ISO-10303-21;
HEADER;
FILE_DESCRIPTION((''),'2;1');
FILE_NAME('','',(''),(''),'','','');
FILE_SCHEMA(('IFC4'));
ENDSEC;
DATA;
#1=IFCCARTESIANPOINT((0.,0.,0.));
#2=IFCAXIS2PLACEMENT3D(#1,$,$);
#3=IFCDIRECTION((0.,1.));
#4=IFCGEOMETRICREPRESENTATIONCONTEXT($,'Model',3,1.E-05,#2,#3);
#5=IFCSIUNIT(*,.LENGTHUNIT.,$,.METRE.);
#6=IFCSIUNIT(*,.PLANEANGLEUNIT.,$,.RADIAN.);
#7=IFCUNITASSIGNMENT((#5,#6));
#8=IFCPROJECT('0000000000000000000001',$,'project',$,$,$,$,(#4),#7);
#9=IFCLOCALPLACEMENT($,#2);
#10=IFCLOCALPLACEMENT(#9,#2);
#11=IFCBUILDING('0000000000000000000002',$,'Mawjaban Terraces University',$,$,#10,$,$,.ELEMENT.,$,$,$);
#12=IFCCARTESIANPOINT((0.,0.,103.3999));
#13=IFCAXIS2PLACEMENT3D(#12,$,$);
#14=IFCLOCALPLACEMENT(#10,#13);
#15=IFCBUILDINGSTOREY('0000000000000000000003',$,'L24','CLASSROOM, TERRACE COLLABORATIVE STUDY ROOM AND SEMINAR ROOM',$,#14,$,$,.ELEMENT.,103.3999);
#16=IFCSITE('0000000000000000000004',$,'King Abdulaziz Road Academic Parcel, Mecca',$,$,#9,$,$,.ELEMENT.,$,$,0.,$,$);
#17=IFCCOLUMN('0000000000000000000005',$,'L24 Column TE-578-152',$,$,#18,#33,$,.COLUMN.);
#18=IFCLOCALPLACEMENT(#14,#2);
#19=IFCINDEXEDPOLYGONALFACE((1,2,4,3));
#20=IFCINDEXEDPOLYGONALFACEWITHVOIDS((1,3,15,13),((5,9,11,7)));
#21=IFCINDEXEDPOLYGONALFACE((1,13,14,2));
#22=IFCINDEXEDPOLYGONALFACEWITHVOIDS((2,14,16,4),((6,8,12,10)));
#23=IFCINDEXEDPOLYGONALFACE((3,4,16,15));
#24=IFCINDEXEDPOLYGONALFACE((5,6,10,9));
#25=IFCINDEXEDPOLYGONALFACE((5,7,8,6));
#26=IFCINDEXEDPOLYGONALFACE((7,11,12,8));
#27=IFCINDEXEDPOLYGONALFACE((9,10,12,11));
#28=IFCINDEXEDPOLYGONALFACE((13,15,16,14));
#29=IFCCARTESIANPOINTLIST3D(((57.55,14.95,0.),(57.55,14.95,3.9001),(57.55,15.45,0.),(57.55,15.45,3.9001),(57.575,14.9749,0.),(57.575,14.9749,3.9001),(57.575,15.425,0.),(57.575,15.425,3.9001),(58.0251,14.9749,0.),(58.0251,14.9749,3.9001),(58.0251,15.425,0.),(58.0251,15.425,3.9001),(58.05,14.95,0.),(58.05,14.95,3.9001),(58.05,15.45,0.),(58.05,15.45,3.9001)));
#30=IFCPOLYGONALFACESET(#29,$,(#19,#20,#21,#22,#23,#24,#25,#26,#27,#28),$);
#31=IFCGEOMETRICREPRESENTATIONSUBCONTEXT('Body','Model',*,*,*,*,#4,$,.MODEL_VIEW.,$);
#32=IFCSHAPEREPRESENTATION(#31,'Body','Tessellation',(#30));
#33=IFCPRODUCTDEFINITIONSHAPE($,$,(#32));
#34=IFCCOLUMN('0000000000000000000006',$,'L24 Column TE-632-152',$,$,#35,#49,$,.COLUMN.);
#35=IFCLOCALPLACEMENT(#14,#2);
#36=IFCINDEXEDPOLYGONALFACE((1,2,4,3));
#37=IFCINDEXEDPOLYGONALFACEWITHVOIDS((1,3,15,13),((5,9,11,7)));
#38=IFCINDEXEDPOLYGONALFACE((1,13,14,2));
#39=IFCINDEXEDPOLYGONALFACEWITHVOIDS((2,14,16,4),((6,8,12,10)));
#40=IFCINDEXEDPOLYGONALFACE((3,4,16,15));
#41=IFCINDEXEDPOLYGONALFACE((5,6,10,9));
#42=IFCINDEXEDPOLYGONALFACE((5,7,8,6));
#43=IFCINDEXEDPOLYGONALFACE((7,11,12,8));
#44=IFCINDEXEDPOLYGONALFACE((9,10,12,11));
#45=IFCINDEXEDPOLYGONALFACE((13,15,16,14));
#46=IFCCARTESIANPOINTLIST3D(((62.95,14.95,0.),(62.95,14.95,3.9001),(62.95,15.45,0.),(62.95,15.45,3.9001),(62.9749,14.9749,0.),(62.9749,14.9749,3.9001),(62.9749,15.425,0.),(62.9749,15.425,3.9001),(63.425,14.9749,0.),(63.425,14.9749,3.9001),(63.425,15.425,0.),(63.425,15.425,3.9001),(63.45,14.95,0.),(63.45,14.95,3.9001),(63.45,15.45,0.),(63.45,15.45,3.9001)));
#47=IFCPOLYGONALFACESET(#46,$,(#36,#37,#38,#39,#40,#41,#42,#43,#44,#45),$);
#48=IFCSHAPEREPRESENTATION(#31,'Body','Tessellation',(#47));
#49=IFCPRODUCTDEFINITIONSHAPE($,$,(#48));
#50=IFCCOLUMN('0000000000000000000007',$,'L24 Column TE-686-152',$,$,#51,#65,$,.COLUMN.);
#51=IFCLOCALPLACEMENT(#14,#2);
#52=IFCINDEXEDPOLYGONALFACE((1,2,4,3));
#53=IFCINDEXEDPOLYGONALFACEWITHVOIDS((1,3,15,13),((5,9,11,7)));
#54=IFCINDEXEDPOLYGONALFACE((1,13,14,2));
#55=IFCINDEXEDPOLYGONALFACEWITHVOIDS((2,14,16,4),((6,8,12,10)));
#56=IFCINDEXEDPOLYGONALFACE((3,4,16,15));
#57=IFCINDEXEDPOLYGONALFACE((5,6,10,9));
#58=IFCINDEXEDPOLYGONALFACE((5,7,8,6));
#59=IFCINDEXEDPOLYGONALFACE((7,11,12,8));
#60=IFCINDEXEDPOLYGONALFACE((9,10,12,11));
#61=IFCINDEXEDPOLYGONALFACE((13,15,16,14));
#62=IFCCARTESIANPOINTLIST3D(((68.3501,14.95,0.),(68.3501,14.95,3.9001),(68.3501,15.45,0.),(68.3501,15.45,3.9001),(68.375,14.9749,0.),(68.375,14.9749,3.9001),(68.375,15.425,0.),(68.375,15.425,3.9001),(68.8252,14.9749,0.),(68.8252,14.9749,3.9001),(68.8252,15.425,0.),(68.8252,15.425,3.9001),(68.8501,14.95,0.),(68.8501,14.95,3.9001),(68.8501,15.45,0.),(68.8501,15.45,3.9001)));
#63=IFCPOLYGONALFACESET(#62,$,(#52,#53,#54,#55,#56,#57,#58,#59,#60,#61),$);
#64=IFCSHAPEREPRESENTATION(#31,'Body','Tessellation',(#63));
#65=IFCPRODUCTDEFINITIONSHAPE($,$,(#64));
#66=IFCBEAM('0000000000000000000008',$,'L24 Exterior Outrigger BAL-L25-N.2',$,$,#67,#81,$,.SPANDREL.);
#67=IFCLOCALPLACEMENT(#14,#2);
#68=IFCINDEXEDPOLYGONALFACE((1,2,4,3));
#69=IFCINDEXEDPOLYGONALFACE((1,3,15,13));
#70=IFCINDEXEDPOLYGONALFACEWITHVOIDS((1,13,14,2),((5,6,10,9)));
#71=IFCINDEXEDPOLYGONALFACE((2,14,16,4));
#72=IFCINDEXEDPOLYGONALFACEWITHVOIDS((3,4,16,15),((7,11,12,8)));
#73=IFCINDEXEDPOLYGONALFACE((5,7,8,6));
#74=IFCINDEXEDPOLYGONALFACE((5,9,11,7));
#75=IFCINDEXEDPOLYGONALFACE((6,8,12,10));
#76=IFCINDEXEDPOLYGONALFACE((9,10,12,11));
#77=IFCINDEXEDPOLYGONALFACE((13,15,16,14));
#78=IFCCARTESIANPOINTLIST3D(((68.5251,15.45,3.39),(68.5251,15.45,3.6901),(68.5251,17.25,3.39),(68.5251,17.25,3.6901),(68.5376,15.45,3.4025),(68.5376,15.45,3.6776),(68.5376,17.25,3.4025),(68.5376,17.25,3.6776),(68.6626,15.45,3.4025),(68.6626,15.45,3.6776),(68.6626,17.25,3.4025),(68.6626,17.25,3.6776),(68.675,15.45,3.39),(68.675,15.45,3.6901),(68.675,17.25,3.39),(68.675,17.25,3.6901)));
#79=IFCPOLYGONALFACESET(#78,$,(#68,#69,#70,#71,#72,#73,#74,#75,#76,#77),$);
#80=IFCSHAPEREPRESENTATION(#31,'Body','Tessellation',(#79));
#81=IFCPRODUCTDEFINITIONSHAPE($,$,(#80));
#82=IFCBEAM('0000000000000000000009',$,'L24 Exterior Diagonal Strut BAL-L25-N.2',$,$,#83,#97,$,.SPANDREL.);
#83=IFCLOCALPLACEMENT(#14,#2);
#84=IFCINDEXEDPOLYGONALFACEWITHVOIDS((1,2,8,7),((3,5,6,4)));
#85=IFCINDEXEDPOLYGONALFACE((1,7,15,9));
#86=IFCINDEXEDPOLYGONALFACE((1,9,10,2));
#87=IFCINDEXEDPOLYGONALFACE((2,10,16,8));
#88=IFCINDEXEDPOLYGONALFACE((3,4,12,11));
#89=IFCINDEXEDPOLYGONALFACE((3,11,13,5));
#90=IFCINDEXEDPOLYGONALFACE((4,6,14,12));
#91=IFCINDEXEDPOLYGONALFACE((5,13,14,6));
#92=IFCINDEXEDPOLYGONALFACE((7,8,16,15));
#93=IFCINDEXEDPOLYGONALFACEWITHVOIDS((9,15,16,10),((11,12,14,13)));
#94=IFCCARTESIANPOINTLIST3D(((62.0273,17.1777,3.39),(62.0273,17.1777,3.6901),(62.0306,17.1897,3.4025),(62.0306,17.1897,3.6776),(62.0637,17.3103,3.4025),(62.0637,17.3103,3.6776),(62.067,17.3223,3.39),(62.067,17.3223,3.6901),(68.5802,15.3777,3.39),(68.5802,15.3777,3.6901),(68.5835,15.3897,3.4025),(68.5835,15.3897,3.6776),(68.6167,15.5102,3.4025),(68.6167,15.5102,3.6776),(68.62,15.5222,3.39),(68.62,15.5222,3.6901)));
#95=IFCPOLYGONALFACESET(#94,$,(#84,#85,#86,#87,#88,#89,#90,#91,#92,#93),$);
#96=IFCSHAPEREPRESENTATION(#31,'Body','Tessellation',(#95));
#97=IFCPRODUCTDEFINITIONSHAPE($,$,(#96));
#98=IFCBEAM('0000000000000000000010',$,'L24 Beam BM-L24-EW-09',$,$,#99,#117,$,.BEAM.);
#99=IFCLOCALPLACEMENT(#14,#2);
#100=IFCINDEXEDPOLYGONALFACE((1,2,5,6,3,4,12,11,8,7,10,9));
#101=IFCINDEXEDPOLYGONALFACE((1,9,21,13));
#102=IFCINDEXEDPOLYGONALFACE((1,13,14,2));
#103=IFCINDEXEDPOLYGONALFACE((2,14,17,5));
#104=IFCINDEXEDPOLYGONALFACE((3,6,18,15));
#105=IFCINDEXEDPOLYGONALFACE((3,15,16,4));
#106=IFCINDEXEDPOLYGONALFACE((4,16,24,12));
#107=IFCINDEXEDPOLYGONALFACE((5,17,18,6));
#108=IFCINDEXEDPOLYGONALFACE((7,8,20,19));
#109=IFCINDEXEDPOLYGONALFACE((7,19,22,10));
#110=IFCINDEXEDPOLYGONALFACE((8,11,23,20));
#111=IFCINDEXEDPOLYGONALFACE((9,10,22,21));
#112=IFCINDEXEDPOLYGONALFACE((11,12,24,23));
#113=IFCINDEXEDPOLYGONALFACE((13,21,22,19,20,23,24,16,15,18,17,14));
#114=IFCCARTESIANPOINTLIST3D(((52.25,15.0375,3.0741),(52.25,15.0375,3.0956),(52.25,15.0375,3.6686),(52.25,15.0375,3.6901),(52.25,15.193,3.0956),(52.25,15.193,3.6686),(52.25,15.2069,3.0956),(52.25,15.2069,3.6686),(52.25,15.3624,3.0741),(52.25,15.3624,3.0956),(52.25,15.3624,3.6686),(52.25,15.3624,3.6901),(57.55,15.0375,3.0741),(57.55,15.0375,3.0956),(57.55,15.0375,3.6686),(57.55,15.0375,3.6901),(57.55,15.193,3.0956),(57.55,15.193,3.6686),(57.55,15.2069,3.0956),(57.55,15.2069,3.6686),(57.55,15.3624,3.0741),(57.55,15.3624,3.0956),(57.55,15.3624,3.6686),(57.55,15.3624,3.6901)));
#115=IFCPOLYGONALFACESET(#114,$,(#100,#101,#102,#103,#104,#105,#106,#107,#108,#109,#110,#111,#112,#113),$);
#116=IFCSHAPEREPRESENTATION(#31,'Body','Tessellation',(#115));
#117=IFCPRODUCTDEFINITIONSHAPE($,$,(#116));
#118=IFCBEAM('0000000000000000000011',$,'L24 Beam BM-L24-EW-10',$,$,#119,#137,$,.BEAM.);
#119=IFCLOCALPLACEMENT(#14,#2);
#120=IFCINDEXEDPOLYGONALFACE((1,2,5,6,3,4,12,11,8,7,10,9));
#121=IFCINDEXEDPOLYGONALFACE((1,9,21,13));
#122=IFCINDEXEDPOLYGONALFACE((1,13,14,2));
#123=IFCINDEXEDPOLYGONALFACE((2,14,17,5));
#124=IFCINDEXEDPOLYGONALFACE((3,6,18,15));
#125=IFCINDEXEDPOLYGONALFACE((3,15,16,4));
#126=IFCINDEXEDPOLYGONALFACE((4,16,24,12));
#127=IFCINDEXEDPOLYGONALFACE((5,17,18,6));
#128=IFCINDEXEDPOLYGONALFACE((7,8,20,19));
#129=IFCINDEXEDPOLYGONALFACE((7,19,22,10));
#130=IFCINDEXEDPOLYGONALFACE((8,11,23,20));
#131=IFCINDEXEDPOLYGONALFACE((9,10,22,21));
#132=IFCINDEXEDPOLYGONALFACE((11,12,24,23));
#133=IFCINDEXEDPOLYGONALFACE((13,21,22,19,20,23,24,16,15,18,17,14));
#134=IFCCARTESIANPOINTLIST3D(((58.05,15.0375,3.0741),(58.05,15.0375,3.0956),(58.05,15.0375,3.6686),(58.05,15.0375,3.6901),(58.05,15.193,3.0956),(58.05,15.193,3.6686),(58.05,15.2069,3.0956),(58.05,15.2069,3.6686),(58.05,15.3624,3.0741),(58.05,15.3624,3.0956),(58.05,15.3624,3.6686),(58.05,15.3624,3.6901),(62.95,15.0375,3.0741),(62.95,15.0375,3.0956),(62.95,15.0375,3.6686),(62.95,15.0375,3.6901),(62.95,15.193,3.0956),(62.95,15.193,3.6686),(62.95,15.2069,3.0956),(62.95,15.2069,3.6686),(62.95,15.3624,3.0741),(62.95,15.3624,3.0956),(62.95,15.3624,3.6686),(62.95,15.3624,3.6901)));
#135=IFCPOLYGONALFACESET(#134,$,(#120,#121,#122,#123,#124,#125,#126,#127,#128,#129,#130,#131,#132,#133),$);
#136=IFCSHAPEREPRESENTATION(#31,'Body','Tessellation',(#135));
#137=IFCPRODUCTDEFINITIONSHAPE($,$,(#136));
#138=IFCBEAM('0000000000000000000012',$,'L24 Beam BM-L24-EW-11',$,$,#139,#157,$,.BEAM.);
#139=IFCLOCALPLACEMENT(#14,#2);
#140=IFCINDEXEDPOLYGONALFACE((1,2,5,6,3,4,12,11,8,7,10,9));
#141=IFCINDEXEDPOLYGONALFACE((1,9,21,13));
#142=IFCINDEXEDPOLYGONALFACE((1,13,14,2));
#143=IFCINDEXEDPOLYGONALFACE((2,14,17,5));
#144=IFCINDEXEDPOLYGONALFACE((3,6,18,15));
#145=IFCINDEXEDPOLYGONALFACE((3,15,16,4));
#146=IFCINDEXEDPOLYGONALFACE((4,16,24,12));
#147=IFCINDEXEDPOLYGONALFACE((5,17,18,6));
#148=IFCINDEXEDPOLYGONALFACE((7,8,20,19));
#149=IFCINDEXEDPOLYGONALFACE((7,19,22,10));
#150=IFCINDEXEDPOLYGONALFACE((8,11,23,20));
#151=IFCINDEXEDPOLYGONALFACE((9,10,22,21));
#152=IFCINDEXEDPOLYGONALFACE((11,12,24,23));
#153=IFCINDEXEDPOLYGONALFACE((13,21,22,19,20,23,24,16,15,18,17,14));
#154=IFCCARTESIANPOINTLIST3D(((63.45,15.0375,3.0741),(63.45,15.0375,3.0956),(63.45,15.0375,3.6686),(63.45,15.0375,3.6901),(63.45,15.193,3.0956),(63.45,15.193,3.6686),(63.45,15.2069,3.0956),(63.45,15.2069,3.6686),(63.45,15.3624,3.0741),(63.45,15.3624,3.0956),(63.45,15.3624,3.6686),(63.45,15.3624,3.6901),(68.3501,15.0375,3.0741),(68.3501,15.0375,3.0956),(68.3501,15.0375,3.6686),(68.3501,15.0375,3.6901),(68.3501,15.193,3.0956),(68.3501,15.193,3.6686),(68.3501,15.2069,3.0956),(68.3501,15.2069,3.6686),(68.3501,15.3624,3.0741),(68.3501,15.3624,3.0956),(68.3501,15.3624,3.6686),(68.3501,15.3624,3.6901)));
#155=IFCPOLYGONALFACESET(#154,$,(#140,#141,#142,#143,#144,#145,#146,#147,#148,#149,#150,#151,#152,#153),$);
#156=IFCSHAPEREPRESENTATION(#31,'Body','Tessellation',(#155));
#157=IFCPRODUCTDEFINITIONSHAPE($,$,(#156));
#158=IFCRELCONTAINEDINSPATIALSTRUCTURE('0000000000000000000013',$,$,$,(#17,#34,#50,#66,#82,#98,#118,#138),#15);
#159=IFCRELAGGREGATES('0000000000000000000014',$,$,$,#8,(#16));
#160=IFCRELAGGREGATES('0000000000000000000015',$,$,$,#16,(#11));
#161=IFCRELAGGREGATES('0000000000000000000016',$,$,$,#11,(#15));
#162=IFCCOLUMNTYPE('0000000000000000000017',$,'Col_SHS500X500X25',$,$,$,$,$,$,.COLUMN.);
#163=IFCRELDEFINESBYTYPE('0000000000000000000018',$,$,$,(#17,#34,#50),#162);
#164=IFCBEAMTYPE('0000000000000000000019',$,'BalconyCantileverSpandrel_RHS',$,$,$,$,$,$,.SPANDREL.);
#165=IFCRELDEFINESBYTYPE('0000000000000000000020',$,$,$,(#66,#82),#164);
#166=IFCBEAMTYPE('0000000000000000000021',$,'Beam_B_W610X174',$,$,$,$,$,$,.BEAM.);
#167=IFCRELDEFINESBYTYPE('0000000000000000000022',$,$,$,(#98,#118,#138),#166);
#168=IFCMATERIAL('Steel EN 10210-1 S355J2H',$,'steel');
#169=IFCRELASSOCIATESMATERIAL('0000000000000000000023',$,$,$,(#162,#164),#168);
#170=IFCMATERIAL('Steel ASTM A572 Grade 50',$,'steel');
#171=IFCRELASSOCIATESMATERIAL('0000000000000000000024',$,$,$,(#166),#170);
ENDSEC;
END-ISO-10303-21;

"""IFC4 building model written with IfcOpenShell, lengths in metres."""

from ifc_helpers import new_model, si_unit, direction, frame, origin, origin_2d, place, context, subcontext, project, spatial, hollow_rectangle, i_section, extrude, material, material_profile, profile_set, type_object, element, save


model = new_model("IFC4")

# Units and contexts
model_context = context("Model", 3, precision=1e-05, world=origin(), true_north=direction((0.0, 1.0)))
body_context = subcontext(model_context, "Body", "Model", "MODEL_VIEW")
ifc_project = project(units=[si_unit("LENGTHUNIT", "METRE"), si_unit("PLANEANGLEUNIT", "RADIAN")], contexts=[model_context])

# Site, building, storey
site_placement = place(None, origin())
site = spatial("IfcSite", under=ifc_project, at=site_placement, Name="King Abdulaziz Road Academic Parcel, Mecca", CompositionType="ELEMENT", RefElevation=0.0)
building_placement = place(site_placement, origin())
building = spatial("IfcBuilding", under=site, at=building_placement, Name="Mawjaban Terraces University", CompositionType="ELEMENT")
storey_placement = place(building_placement, frame((0.0, 0.0, 103.3999)))
storey = spatial("IfcBuildingStorey", under=building, at=storey_placement, Name="L24", Description="CLASSROOM, TERRACE COLLABORATIVE STUDY ROOM AND SEMINAR ROOM", CompositionType="ELEMENT", Elevation=103.3999)

# Columns
ifc_material_1 = material(Name="Steel EN 10210-1 S355J2H", Category="steel")
ifc_material_profile_1 = material_profile(ifc_material_1, hollow_rectangle(XDim=0.5, YDim=0.5, WallThickness=0.0249, at=origin_2d()), Name="SHS500X500X25")
ifc_profile_set_1 = profile_set([ifc_material_profile_1], Name="Steel EN 10210-1 S355J2H")
column_type = type_object("IfcColumnType", Name="Col_SHS500X500X25", PredefinedType="COLUMN", material=ifc_profile_set_1)
for number, where, z_axis, x_axis, name in (
    (1, (57.8, 15.2, 0.0), (0.0, 0.0, 1.0), (1.0, 0.0, 0.0), "L24 Column TE-578-152"),
    (2, (63.2, 15.2, 0.0), (0.0, 0.0, 1.0), (1.0, 0.0, 0.0), "L24 Column TE-632-152"),
    (3, (68.6001, 15.2, 0.0), (0.0, 0.0, 1.0), (1.0, 0.0, 0.0), "L24 Column TE-686-152"),
):
    element("IfcColumn", number, at=place(storey_placement, frame(where, z_axis=z_axis, x_axis=x_axis)), inside=storey, type_object=column_type, Name=name, PredefinedType="COLUMN", context=body_context, shape_type="SweptSolid", body=[
        extrude(hollow_rectangle(XDim=0.5, YDim=0.5, WallThickness=0.0249, at=origin_2d()), origin(), (0.0, 0.0, 1.0), 3.9001),
    ])

# Beams
ifc_material_profile_2 = material_profile(ifc_material_1, hollow_rectangle(XDim=0.1499, YDim=0.3, WallThickness=0.0125, at=origin_2d()), Name="RHS300X150X12.5")
ifc_profile_set_2 = profile_set([ifc_material_profile_2], Name="Steel EN 10210-1 S355J2H")
beam_type_1 = type_object("IfcBeamType", Name="BalconyCantileverSpandrel_RHS", PredefinedType="SPANDREL", material=ifc_profile_set_2)
beam_1_placement = place(storey_placement, frame((68.6001, 15.45, 3.54), z_axis=(0.0, 1.0, 0.0), x_axis=(-1.0, 0.0, 0.0)))
element("IfcBeam", 4, at=beam_1_placement, inside=storey, type_object=beam_type_1, Name="L24 Exterior Outrigger BAL-L25-N.2", PredefinedType="SPANDREL", context=body_context, shape_type="SweptSolid", body=[
    extrude(hollow_rectangle(XDim=0.1499, YDim=0.3, WallThickness=0.0125, at=origin_2d()), origin(), (0.0, 0.0, 1.0), 1.8),
])
beam_2_placement = place(storey_placement, frame((68.6001, 15.45, 3.54), z_axis=(-0.964281, 0.26488, 0.0), x_axis=(-0.26488, -0.964281, 0.0)))
element("IfcBeam", 5, at=beam_2_placement, inside=storey, type_object=beam_type_1, Name="L24 Exterior Diagonal Strut BAL-L25-N.2", PredefinedType="SPANDREL", context=body_context, shape_type="SweptSolid", body=[
    extrude(hollow_rectangle(XDim=0.1499, YDim=0.3, WallThickness=0.0125, at=origin_2d()), origin(), (0.0, 0.0, 1.0), 6.7957),
])
ifc_material_2 = material(Name="Steel ASTM A572 Grade 50", Category="steel")
ifc_material_profile_3 = material_profile(ifc_material_2, i_section(OverallWidth=0.325, OverallDepth=0.616, WebThickness=0.0139, FlangeThickness=0.0215, at=origin_2d()), Name="W610X174")
ifc_profile_set_3 = profile_set([ifc_material_profile_3], Name="Steel ASTM A572 Grade 50")
beam_type_2 = type_object("IfcBeamType", Name="Beam_B_W610X174", PredefinedType="BEAM", material=ifc_profile_set_3)
beam_3_placement = place(storey_placement, frame((52.25, 15.2, 3.3821), z_axis=(1.0, 0.0, 0.0), x_axis=(0.0, 1.0, 0.0)))
element("IfcBeam", 6, at=beam_3_placement, inside=storey, type_object=beam_type_2, Name="L24 Beam BM-L24-EW-09", PredefinedType="BEAM", context=body_context, shape_type="SweptSolid", body=[
    extrude(i_section(OverallWidth=0.325, OverallDepth=0.616, WebThickness=0.0139, FlangeThickness=0.0215, at=origin_2d()), origin(), (0.0, 0.0, 1.0), 5.3),
])
beam_4_placement = place(storey_placement, frame((58.05, 15.2, 3.3821), z_axis=(1.0, 0.0, 0.0), x_axis=(0.0, 1.0, 0.0)))
element("IfcBeam", 7, at=beam_4_placement, inside=storey, type_object=beam_type_2, Name="L24 Beam BM-L24-EW-10", PredefinedType="BEAM", context=body_context, shape_type="SweptSolid", body=[
    extrude(i_section(OverallWidth=0.325, OverallDepth=0.616, WebThickness=0.0139, FlangeThickness=0.0215, at=origin_2d()), origin(), (0.0, 0.0, 1.0), 4.8999),
])
beam_5_placement = place(storey_placement, frame((63.45, 15.2, 3.3821), z_axis=(1.0, 0.0, 0.0), x_axis=(0.0, 1.0, 0.0)))
element("IfcBeam", 8, at=beam_5_placement, inside=storey, type_object=beam_type_2, Name="L24 Beam BM-L24-EW-11", PredefinedType="BEAM", context=body_context, shape_type="SweptSolid", body=[
    extrude(i_section(OverallWidth=0.325, OverallDepth=0.616, WebThickness=0.0139, FlangeThickness=0.0215, at=origin_2d()), origin(), (0.0, 0.0, 1.0), 4.9001),
])

save(model, "model.ifc")
